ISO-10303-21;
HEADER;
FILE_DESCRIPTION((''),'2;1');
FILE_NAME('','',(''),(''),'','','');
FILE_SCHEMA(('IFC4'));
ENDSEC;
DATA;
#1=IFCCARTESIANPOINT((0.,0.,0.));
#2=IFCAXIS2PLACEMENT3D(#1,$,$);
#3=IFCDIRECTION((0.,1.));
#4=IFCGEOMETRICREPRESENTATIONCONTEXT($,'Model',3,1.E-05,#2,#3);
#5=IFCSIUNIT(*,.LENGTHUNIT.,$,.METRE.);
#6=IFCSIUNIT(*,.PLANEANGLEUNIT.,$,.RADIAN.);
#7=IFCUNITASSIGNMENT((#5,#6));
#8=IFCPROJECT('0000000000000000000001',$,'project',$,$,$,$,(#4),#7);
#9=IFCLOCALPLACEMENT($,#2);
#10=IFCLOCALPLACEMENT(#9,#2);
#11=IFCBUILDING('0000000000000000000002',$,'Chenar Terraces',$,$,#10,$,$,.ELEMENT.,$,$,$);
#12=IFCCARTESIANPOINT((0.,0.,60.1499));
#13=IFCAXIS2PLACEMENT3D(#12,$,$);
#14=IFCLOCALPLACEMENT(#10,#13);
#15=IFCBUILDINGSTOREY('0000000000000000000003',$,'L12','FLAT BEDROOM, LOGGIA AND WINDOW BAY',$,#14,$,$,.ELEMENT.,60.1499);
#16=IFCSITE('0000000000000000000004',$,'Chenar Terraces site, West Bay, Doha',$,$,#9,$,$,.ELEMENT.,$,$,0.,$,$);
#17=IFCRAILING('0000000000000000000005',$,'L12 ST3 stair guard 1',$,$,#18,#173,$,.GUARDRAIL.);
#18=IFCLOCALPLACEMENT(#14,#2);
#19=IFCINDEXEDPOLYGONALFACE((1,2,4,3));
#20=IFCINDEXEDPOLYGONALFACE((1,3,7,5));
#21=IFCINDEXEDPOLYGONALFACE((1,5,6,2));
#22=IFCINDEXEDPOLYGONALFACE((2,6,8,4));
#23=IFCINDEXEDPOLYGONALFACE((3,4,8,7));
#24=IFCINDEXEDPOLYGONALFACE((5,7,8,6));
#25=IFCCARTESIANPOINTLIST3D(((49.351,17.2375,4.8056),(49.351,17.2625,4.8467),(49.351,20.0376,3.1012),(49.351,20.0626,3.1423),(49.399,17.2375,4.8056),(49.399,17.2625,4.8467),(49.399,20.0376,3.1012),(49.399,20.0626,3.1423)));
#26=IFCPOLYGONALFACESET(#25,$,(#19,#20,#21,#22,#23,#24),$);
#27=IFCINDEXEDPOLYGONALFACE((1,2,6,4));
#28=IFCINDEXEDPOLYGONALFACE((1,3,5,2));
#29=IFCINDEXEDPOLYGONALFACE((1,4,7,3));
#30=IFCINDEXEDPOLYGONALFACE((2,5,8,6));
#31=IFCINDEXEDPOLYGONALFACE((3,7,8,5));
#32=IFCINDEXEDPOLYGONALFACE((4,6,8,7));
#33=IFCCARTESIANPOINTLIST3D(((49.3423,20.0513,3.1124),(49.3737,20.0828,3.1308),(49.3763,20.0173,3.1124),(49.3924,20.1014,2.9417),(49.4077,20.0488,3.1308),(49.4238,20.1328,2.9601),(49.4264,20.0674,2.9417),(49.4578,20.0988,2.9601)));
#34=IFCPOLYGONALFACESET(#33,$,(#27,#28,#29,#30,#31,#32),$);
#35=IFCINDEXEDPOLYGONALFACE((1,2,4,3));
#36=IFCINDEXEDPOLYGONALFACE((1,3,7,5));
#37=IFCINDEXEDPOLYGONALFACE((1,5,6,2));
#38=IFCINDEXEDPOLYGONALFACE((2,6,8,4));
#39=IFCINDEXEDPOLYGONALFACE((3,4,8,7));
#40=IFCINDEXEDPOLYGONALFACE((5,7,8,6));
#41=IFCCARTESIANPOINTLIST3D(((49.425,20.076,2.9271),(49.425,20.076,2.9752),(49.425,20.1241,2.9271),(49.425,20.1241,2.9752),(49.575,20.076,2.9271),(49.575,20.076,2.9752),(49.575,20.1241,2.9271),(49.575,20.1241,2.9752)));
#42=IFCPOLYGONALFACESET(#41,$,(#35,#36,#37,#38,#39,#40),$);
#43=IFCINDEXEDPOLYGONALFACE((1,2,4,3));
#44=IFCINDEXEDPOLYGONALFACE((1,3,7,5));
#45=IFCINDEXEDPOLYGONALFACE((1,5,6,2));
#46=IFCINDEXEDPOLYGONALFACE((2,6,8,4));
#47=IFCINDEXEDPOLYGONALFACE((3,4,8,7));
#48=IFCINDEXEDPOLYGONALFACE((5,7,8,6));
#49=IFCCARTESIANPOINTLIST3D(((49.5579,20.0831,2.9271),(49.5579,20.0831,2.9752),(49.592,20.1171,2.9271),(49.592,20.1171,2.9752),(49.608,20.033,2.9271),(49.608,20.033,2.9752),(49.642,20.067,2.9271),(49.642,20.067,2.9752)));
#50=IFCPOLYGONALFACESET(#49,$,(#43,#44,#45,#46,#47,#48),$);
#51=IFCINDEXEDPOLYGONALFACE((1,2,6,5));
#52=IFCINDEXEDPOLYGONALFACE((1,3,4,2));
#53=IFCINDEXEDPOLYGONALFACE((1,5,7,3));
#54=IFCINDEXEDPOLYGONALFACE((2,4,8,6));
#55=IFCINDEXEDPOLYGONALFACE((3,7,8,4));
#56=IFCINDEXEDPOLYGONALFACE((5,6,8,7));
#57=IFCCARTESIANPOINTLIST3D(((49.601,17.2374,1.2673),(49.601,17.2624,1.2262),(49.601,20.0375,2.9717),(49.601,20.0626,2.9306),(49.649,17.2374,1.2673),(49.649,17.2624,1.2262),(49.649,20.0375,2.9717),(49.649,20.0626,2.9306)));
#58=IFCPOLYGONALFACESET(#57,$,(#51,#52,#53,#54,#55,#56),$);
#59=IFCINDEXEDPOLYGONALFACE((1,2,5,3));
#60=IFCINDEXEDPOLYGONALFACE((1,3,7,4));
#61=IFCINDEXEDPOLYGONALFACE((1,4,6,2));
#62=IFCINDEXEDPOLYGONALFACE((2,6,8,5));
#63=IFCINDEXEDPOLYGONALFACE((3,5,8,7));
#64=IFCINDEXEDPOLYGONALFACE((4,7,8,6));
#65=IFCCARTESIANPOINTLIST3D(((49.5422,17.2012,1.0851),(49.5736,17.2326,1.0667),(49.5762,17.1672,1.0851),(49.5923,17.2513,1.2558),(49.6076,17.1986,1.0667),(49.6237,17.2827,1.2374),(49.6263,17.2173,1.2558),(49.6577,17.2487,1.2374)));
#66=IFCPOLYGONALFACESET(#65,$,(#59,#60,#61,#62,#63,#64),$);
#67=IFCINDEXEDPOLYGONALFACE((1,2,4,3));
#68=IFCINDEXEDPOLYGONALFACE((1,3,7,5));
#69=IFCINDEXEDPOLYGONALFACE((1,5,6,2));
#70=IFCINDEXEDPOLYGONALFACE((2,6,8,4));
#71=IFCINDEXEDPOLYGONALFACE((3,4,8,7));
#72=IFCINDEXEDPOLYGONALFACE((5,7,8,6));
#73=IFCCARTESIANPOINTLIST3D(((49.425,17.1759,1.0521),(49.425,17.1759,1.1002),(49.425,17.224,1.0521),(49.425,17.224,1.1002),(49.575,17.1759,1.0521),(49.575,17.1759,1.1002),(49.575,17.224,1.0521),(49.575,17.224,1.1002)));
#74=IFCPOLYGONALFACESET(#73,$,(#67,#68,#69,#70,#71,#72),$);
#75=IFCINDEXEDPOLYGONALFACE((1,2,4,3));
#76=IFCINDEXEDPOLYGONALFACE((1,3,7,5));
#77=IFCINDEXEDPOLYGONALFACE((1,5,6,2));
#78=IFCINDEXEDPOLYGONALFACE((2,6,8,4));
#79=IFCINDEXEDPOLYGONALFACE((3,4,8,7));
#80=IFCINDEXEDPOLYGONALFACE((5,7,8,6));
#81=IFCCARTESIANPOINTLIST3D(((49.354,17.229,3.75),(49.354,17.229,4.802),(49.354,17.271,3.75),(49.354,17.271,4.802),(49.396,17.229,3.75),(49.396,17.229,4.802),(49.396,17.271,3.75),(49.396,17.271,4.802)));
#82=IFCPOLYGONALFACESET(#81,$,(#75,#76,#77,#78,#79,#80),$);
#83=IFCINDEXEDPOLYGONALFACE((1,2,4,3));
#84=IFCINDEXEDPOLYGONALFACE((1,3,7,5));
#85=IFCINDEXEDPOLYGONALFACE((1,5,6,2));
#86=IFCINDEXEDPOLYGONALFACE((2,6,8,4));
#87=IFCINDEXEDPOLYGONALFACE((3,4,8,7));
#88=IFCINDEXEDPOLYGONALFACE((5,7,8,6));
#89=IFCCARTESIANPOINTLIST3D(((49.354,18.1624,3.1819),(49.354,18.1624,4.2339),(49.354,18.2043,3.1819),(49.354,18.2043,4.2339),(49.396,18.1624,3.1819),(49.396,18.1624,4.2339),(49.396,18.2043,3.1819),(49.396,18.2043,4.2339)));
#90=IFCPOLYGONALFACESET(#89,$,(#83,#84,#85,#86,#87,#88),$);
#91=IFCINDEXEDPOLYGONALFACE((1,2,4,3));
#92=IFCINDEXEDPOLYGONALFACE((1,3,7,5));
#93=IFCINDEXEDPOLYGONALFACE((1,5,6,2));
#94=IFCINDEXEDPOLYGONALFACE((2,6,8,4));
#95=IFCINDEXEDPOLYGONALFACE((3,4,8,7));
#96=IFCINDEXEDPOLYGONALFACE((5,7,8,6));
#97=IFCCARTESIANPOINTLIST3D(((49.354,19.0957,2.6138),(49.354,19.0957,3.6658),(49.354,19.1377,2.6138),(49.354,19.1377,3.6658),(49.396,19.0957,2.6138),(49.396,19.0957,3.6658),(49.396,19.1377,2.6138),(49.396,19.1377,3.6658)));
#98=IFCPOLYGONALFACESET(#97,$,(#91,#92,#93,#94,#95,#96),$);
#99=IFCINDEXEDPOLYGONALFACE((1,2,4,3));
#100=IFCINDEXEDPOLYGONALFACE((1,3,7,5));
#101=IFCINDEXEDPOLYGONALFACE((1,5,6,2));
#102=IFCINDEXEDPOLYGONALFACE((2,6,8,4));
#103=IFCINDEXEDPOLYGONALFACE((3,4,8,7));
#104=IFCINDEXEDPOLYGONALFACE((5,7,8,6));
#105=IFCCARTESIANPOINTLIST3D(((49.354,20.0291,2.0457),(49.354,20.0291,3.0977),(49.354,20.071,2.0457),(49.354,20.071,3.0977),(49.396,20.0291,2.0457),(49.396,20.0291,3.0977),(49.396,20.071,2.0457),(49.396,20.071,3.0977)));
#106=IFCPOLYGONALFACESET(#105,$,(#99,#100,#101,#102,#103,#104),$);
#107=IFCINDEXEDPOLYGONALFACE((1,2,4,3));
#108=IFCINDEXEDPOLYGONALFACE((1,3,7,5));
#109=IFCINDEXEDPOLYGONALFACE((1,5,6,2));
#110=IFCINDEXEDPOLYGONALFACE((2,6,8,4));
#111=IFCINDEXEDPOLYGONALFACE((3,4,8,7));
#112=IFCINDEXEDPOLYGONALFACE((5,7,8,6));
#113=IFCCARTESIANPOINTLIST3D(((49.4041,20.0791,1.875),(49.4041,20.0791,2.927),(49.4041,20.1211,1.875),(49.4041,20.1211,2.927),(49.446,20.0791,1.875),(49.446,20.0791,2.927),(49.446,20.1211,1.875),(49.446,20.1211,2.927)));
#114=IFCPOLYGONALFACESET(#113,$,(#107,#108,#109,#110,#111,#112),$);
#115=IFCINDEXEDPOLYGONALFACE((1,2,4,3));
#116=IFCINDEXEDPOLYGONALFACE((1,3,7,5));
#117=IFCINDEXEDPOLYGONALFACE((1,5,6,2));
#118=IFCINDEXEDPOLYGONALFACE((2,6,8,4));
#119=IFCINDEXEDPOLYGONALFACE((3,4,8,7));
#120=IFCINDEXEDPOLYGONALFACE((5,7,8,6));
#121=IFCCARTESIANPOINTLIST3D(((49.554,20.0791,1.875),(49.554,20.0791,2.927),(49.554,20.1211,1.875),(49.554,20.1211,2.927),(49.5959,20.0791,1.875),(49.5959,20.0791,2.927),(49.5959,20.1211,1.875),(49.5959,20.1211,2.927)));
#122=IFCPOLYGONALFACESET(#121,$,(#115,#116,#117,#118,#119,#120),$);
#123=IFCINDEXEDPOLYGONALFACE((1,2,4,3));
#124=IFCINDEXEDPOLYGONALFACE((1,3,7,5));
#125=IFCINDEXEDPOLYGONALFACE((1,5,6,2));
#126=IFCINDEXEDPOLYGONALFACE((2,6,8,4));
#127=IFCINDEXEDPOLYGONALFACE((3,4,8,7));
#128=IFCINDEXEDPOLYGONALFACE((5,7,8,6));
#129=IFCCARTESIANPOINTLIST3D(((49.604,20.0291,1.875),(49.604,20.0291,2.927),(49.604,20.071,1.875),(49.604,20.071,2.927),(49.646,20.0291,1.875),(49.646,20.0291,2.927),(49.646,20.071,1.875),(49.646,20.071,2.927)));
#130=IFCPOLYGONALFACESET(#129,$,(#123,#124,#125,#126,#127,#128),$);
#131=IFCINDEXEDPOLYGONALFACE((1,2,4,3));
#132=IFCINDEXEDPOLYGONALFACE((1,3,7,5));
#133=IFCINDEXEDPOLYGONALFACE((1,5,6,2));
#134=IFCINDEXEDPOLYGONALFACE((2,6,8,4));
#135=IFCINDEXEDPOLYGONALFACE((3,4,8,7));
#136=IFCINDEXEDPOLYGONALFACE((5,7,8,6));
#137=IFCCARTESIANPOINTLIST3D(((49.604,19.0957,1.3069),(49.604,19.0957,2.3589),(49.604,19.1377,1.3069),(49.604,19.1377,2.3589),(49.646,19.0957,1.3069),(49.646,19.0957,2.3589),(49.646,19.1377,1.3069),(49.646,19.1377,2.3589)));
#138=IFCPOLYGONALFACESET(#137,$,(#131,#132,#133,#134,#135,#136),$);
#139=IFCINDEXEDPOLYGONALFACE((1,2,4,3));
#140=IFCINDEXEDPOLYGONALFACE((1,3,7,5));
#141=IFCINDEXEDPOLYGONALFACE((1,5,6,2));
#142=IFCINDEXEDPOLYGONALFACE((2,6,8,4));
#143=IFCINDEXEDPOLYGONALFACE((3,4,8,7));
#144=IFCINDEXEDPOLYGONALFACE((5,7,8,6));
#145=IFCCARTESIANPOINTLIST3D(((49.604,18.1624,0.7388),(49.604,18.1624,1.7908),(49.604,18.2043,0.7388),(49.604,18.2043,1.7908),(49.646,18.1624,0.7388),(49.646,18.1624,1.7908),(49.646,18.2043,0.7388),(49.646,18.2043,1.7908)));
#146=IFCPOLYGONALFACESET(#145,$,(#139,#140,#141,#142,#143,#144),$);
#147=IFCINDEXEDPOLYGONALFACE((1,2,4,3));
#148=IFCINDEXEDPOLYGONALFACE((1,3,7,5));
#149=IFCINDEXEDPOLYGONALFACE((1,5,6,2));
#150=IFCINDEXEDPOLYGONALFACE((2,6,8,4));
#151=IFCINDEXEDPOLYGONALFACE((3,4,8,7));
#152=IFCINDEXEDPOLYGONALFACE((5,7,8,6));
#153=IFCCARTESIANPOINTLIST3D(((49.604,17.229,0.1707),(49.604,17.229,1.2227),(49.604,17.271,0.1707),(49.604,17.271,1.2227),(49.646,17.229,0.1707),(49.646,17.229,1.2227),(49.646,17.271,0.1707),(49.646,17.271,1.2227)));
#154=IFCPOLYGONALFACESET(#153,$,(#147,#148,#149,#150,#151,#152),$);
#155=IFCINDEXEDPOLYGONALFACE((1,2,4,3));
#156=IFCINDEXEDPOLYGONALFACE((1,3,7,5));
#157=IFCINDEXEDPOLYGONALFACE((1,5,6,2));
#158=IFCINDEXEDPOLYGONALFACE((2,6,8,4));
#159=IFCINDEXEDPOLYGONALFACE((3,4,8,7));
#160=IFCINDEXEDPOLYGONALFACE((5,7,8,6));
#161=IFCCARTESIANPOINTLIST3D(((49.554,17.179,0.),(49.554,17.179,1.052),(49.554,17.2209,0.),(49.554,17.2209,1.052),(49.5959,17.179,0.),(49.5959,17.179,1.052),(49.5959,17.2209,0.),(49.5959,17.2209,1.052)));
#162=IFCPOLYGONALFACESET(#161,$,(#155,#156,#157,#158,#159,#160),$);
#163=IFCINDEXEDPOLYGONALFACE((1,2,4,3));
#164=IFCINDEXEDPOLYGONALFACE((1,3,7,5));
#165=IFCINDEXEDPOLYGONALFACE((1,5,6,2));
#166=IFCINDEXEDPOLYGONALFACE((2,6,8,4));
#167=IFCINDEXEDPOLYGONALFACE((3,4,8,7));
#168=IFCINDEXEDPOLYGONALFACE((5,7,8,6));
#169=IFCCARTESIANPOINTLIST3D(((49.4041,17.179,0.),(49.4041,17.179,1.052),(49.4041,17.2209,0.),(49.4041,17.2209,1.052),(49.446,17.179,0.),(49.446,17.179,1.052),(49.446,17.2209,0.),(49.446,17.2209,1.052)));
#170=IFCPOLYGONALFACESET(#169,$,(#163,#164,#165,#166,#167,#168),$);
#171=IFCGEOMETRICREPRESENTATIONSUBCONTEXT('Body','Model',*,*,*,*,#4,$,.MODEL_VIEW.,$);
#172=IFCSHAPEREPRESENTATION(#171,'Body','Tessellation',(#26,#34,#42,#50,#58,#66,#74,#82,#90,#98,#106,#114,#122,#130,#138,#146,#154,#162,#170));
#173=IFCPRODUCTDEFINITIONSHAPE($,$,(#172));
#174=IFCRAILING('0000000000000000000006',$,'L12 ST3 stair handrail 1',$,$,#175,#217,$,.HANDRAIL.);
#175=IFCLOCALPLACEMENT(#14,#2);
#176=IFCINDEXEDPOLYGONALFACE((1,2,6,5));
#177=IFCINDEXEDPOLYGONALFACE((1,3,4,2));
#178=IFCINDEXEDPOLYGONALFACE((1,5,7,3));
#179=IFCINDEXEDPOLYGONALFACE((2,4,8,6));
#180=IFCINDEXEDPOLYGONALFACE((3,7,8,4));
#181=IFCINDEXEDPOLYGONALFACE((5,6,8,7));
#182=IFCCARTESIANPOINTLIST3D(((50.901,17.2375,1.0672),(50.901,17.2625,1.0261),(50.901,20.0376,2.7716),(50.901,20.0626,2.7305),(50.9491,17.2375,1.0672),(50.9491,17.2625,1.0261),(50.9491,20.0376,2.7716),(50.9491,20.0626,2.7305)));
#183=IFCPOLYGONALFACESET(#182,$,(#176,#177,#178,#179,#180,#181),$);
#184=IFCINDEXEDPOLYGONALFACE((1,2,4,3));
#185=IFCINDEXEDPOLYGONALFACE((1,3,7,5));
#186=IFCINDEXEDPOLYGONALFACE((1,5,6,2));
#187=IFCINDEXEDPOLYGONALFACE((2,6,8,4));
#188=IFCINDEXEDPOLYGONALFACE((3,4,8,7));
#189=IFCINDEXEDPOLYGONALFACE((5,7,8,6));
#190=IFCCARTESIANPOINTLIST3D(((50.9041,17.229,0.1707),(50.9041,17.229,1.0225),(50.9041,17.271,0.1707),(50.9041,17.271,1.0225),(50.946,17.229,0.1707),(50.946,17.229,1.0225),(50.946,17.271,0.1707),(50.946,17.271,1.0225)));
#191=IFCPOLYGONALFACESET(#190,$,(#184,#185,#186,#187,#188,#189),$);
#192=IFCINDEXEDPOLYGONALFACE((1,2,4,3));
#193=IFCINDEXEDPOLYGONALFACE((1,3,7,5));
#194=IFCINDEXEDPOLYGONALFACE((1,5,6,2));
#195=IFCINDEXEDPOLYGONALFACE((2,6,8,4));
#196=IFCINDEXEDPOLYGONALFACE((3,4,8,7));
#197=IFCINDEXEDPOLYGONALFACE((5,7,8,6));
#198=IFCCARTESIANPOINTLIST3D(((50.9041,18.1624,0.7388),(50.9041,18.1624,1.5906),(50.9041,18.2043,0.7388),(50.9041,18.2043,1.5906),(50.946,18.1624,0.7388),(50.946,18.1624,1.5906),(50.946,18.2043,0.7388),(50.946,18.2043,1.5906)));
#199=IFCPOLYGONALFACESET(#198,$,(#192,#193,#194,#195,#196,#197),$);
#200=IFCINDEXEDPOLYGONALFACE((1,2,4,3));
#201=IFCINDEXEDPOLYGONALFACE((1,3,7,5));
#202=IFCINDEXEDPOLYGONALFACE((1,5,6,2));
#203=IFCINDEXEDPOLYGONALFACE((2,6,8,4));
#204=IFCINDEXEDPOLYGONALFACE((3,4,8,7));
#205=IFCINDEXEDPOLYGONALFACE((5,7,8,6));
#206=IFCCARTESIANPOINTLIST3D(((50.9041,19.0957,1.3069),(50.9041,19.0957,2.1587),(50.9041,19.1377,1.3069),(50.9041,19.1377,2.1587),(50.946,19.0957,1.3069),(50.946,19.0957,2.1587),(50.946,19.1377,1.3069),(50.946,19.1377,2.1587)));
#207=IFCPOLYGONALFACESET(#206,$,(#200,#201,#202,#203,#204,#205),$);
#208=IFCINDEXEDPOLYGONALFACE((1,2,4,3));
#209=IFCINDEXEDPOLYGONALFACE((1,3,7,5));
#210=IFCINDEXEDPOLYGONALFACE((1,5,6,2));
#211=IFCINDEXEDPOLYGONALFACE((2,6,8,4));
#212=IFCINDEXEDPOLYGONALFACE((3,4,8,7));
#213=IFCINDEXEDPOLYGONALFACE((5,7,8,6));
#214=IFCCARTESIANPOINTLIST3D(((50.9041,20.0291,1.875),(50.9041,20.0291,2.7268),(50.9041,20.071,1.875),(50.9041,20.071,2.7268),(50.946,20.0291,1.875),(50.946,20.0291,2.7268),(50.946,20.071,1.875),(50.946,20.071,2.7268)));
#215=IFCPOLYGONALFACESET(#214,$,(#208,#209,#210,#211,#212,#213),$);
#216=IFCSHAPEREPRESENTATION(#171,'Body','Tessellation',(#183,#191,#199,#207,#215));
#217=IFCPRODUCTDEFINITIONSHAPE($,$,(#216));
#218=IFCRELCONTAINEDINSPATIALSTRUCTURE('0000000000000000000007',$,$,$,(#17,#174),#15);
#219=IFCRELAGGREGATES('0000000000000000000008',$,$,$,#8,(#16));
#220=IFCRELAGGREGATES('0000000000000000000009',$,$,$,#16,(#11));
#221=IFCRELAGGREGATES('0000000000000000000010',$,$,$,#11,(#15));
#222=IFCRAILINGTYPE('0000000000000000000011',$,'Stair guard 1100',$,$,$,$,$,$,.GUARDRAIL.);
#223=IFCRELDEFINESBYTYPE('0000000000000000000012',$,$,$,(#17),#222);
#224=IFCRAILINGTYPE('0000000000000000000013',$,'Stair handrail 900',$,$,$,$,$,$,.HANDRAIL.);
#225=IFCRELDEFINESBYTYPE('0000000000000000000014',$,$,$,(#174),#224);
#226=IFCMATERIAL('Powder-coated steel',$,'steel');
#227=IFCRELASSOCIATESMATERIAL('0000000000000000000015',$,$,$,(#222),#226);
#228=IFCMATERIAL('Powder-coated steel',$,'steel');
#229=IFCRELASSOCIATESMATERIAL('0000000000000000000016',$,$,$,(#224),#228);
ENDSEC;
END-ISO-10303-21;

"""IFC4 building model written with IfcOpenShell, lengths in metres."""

from ifc_helpers import new_model, si_unit, direction, frame, origin, origin_2d, place, context, subcontext, project, spatial, rectangle, extrude, material, type_object, element, save


model = new_model("IFC4")

# Units and contexts
model_context = context("Model", 3, precision=1e-05, world=origin(), true_north=direction((0.0, 1.0)))
body_context = subcontext(model_context, "Body", "Model", "MODEL_VIEW")
ifc_project = project(units=[si_unit("LENGTHUNIT", "METRE"), si_unit("PLANEANGLEUNIT", "RADIAN")], contexts=[model_context])

# Site, building, storey
site_placement = place(None, origin())
site = spatial("IfcSite", under=ifc_project, at=site_placement, Name="Chenar Terraces site, West Bay, Doha", CompositionType="ELEMENT", RefElevation=0.0)
building_placement = place(site_placement, origin())
building = spatial("IfcBuilding", under=site, at=building_placement, Name="Chenar Terraces", CompositionType="ELEMENT")
storey_placement = place(building_placement, frame((0.0, 0.0, 60.1499)))
storey = spatial("IfcBuildingStorey", under=building, at=storey_placement, Name="L12", Description="FLAT BEDROOM, LOGGIA AND WINDOW BAY", CompositionType="ELEMENT", Elevation=60.1499)

# Railings
ifc_material_1 = material(Name="Powder-coated steel", Category="steel")
railing_type_1 = type_object("IfcRailingType", Name="Stair guard 1100", PredefinedType="GUARDRAIL", material=ifc_material_1)
railing_1_placement = place(storey_placement, frame((49.375, 17.25, 3.75)))
element("IfcRailing", 1, at=railing_1_placement, inside=storey, type_object=railing_type_1, Name="L12 ST3 stair guard 1", PredefinedType="GUARDRAIL", context=body_context, shape_type="SweptSolid", body=[
    extrude(rectangle(XDim=0.0481, YDim=0.0481, at=origin_2d()), frame((0.0, 0.0, 1.0762), z_axis=(0.0, 0.854203, -0.51994), x_axis=(-1.0, 0.0, 0.0)), (0.0, 0.0, 1.0), 3.2781),
    extrude(rectangle(XDim=0.0481, YDim=0.0481, at=origin_2d()), frame((0.0, 2.8, -0.6284), z_axis=(0.2709, 0.2709, -0.923703), x_axis=(-0.707107, 0.707107, 0.0)), (0.0, 0.0, 1.0), 0.1848),
    extrude(rectangle(XDim=0.0481, YDim=0.0481, at=origin_2d()), frame((0.05, 2.8501, -0.7988), z_axis=(1.0, 0.0, 0.0), x_axis=(0.0, 1.0, 0.0)), (0.0, 0.0, 1.0), 0.1499),
    extrude(rectangle(XDim=0.0481, YDim=0.0481, at=origin_2d()), frame((0.2, 2.8501, -0.7988), z_axis=(0.707107, -0.707107, 0.0), x_axis=(0.707107, 0.707107, 0.0)), (0.0, 0.0, 1.0), 0.0708),
    extrude(rectangle(XDim=0.0481, YDim=0.0481, at=origin_2d()), frame((0.25, 2.8, -0.7988), z_axis=(0.0, -0.854203, -0.51994), x_axis=(1.0, 0.0, 0.0)), (0.0, 0.0, 1.0), 3.2781),
    extrude(rectangle(XDim=0.0481, YDim=0.0481, at=origin_2d()), frame((0.25, 0.0, -2.5034), z_axis=(-0.2709, -0.2709, -0.923703), x_axis=(0.707107, -0.707107, 0.0)), (0.0, 0.0, 1.0), 0.1848),
    extrude(rectangle(XDim=0.0481, YDim=0.0481, at=origin_2d()), frame((0.2, -0.05, -2.6738), z_axis=(-1.0, 0.0, 0.0), x_axis=(0.0, -1.0, 0.0)), (0.0, 0.0, 1.0), 0.1499),
    extrude(rectangle(XDim=0.042, YDim=0.042, at=origin_2d()), origin(), (0.0, 0.0, 1.0), 1.052),
    extrude(rectangle(XDim=0.042, YDim=0.042, at=origin_2d()), frame((0.0, 0.9333, -0.5681)), (0.0, 0.0, 1.0), 1.052),
    extrude(rectangle(XDim=0.042, YDim=0.042, at=origin_2d()), frame((0.0, 1.8667, -1.1362)), (0.0, 0.0, 1.0), 1.052),
    extrude(rectangle(XDim=0.042, YDim=0.042, at=origin_2d()), frame((0.0, 2.8, -1.7043)), (0.0, 0.0, 1.0), 1.052),
    extrude(rectangle(XDim=0.042, YDim=0.042, at=origin_2d()), frame((0.05, 2.8501, -1.875)), (0.0, 0.0, 1.0), 1.052),
    extrude(rectangle(XDim=0.042, YDim=0.042, at=origin_2d()), frame((0.2, 2.8501, -1.875)), (0.0, 0.0, 1.0), 1.052),
    extrude(rectangle(XDim=0.042, YDim=0.042, at=origin_2d()), frame((0.25, 2.8, -1.875)), (0.0, 0.0, 1.0), 1.052),
    extrude(rectangle(XDim=0.042, YDim=0.042, at=origin_2d()), frame((0.25, 1.8667, -2.4431)), (0.0, 0.0, 1.0), 1.052),
    extrude(rectangle(XDim=0.042, YDim=0.042, at=origin_2d()), frame((0.25, 0.9333, -3.0112)), (0.0, 0.0, 1.0), 1.052),
    extrude(rectangle(XDim=0.042, YDim=0.042, at=origin_2d()), frame((0.25, 0.0, -3.5793)), (0.0, 0.0, 1.0), 1.052),
    extrude(rectangle(XDim=0.042, YDim=0.042, at=origin_2d()), frame((0.2, -0.05, -3.75)), (0.0, 0.0, 1.0), 1.052),
    extrude(rectangle(XDim=0.042, YDim=0.042, at=origin_2d()), frame((0.05, -0.05, -3.75)), (0.0, 0.0, 1.0), 1.052),
])
ifc_material_2 = material(Name="Powder-coated steel", Category="steel")
railing_type_2 = type_object("IfcRailingType", Name="Stair handrail 900", PredefinedType="HANDRAIL", material=ifc_material_2)
railing_2_placement = place(storey_placement, frame((50.925, 17.25, 0.1707)))
element("IfcRailing", 2, at=railing_2_placement, inside=storey, type_object=railing_type_2, Name="L12 ST3 stair handrail 1", PredefinedType="HANDRAIL", context=body_context, shape_type="SweptSolid", body=[
    extrude(rectangle(XDim=0.0481, YDim=0.0481, at=origin_2d()), frame((0.0, 0.0, 0.876), z_axis=(0.0, 0.854203, 0.51994), x_axis=(-1.0, 0.0, 0.0)), (0.0, 0.0, 1.0), 3.2781),
    extrude(rectangle(XDim=0.042, YDim=0.042, at=origin_2d()), origin(), (0.0, 0.0, 1.0), 0.8518),
    extrude(rectangle(XDim=0.042, YDim=0.042, at=origin_2d()), frame((0.0, 0.9333, 0.5681)), (0.0, 0.0, 1.0), 0.8518),
    extrude(rectangle(XDim=0.042, YDim=0.042, at=origin_2d()), frame((0.0, 1.8667, 1.1362)), (0.0, 0.0, 1.0), 0.8518),
    extrude(rectangle(XDim=0.042, YDim=0.042, at=origin_2d()), frame((0.0, 2.8, 1.7043)), (0.0, 0.0, 1.0), 0.8518),
])

save(model, "model.ifc")
